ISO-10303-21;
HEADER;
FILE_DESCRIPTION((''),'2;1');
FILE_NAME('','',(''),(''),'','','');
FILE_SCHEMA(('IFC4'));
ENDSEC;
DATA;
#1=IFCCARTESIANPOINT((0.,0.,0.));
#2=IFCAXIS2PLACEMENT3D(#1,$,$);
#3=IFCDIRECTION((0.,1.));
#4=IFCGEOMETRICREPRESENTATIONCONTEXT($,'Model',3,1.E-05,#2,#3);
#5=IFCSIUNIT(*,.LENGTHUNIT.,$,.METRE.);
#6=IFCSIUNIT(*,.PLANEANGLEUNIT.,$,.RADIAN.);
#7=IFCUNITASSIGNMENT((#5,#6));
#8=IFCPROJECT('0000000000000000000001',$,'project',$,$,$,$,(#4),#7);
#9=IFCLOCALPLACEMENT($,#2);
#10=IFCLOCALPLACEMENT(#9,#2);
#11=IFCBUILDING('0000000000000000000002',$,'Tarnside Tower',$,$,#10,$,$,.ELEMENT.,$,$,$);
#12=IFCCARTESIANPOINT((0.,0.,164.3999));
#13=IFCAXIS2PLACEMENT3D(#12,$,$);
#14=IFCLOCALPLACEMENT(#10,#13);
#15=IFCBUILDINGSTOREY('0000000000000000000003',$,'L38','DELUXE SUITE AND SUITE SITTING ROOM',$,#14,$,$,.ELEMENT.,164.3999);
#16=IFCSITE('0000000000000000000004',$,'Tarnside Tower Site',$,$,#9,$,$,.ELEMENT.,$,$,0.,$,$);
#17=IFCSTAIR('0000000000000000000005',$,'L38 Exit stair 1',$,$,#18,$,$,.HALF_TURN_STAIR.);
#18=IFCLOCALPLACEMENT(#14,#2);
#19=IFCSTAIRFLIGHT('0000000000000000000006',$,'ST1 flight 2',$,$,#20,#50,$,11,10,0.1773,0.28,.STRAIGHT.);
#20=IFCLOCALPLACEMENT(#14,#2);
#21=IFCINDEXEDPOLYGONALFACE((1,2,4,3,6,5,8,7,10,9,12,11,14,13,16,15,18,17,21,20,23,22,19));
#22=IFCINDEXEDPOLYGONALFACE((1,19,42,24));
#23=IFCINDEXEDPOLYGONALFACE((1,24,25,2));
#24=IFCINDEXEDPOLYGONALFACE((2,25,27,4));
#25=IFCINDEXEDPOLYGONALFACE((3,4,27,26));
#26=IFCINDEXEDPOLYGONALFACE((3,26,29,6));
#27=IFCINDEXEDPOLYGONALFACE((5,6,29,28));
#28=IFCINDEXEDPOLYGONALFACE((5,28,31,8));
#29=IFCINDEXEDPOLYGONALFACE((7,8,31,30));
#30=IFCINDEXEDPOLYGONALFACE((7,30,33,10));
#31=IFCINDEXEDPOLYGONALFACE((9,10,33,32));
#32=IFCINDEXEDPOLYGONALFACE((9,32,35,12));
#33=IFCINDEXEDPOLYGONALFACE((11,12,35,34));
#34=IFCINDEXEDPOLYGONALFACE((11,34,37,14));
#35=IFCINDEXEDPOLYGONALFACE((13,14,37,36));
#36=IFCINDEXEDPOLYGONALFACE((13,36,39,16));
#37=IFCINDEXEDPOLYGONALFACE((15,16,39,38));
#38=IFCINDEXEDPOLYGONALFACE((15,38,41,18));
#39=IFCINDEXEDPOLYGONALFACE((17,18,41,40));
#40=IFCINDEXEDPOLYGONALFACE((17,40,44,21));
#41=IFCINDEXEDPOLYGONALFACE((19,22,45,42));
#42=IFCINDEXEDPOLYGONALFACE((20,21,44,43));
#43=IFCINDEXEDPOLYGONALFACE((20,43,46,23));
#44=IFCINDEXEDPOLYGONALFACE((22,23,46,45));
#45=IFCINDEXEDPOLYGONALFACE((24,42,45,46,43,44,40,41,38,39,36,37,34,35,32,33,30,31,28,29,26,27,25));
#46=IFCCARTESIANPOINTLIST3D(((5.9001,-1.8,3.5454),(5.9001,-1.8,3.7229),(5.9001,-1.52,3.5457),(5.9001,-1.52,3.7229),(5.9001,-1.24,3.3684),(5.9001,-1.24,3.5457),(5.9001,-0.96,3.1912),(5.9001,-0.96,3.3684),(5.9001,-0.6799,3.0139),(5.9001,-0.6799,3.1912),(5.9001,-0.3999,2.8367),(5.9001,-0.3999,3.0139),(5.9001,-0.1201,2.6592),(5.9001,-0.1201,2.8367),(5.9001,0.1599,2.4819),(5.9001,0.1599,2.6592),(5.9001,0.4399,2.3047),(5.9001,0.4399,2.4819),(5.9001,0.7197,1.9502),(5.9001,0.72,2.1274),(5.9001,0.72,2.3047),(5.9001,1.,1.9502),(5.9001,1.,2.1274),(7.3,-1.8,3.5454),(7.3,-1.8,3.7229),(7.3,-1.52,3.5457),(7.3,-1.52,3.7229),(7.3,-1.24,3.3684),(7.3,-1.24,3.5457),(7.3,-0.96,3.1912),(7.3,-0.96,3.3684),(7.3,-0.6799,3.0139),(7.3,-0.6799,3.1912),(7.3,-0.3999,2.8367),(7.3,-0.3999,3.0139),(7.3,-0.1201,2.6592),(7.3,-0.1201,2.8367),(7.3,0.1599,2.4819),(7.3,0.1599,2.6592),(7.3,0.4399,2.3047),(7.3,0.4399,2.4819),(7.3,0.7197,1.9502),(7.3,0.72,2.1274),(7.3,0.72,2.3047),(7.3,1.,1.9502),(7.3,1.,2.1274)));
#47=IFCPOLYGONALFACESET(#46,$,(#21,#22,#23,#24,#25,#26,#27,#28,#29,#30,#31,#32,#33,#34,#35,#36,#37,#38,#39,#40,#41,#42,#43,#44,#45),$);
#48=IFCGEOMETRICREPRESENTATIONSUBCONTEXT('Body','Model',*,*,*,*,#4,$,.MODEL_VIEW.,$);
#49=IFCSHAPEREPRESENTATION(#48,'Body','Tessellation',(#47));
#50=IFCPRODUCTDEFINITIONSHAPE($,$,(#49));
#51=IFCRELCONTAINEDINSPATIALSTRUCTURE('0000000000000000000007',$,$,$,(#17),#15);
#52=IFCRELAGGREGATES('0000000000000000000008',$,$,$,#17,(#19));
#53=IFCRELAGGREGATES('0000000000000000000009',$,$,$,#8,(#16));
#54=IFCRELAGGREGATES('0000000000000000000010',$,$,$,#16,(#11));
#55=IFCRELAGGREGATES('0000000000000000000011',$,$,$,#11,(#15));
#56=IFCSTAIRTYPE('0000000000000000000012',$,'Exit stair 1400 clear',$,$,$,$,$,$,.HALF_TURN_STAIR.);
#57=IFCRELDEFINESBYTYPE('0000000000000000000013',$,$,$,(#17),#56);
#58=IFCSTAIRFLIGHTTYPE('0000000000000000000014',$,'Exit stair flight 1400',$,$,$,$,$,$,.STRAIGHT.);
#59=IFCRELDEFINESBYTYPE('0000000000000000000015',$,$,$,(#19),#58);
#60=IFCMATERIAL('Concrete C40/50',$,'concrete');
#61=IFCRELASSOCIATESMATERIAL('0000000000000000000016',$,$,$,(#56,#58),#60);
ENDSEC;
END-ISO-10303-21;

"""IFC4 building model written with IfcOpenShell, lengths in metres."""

from ifc_helpers import new_model, si_unit, direction, frame, origin, place, context, subcontext, project, spatial, polyline, outline, extrude, material, type_object, element, aggregate, save


model = new_model("IFC4")

# Units and contexts
model_context = context("Model", 3, precision=1e-05, world=origin(), true_north=direction((0.0, 1.0)))
body_context = subcontext(model_context, "Body", "Model", "MODEL_VIEW")
ifc_project = project(units=[si_unit("LENGTHUNIT", "METRE"), si_unit("PLANEANGLEUNIT", "RADIAN")], contexts=[model_context])

# Site, building, storey
site_placement = place(None, origin())
site = spatial("IfcSite", under=ifc_project, at=site_placement, Name="Tarnside Tower Site", CompositionType="ELEMENT", RefElevation=0.0)
building_placement = place(site_placement, origin())
building = spatial("IfcBuilding", under=site, at=building_placement, Name="Tarnside Tower", CompositionType="ELEMENT")
storey_placement = place(building_placement, frame((0.0, 0.0, 164.3999)))
storey = spatial("IfcBuildingStorey", under=building, at=storey_placement, Name="L38", Description="DELUXE SUITE AND SUITE SITTING ROOM", CompositionType="ELEMENT", Elevation=164.3999)

# Shared definitions
ifc_material_1 = material(Name="Concrete C40/50", Category="concrete")

# Stair, stair flight
stair_type = type_object("IfcStairType", Name="Exit stair 1400 clear", PredefinedType="HALF_TURN_STAIR", material=ifc_material_1)
stair_placement = place(storey_placement, origin())
stair = element("IfcStair", 1, at=stair_placement, inside=storey, type_object=stair_type, Name="L38 Exit stair 1", PredefinedType="HALF_TURN_STAIR")
stair_flight_type = type_object("IfcStairFlightType", Name="Exit stair flight 1400", PredefinedType="STRAIGHT", material=ifc_material_1)
stair_flight_placement = place(storey_placement, frame((6.6001, 1.0, 1.9502), z_axis=(0.0, 0.0, 1.0), x_axis=(0.0, -1.0, 0.0)))
stair_flight = element("IfcStairFlight", 2, at=stair_flight_placement, type_object=stair_flight_type, Name="ST1 flight 2", NumberOfRisers=11, NumberOfTreads=10, PredefinedType="STRAIGHT", RiserHeight=0.1773, TreadLength=0.28, context=body_context, shape_type="SweptSolid", body=[
    extrude(outline(polyline([(0.0, 0.0), (0.0, 0.1772), (0.28, 0.1772), (0.28, 0.3545), (0.5601, 0.3545), (0.5601, 0.5317), (0.8401, 0.5317), (0.8401, 0.709), (1.1201, 0.709), (1.1201, 0.8865), (1.3999, 0.8865), (1.3999, 1.0637), (1.6799, 1.0637), (1.6799, 1.241), (1.96, 1.241), (1.96, 1.4182), (2.24, 1.4182), (2.24, 1.5955), (2.52, 1.5955), (2.52, 1.7727), (2.8, 1.7727), (2.8, 1.95), (2.8, 1.5952), (0.2803, 0.0), (0.0, 0.0)])), frame((0.0, 0.7, 0.0), z_axis=(0.0, -1.0, 0.0), x_axis=(1.0, 0.0, 0.0)), (0.0, 0.0, 1.0), 1.3999),
])
aggregate(stair, [stair_flight])

save(model, "model.ifc")
